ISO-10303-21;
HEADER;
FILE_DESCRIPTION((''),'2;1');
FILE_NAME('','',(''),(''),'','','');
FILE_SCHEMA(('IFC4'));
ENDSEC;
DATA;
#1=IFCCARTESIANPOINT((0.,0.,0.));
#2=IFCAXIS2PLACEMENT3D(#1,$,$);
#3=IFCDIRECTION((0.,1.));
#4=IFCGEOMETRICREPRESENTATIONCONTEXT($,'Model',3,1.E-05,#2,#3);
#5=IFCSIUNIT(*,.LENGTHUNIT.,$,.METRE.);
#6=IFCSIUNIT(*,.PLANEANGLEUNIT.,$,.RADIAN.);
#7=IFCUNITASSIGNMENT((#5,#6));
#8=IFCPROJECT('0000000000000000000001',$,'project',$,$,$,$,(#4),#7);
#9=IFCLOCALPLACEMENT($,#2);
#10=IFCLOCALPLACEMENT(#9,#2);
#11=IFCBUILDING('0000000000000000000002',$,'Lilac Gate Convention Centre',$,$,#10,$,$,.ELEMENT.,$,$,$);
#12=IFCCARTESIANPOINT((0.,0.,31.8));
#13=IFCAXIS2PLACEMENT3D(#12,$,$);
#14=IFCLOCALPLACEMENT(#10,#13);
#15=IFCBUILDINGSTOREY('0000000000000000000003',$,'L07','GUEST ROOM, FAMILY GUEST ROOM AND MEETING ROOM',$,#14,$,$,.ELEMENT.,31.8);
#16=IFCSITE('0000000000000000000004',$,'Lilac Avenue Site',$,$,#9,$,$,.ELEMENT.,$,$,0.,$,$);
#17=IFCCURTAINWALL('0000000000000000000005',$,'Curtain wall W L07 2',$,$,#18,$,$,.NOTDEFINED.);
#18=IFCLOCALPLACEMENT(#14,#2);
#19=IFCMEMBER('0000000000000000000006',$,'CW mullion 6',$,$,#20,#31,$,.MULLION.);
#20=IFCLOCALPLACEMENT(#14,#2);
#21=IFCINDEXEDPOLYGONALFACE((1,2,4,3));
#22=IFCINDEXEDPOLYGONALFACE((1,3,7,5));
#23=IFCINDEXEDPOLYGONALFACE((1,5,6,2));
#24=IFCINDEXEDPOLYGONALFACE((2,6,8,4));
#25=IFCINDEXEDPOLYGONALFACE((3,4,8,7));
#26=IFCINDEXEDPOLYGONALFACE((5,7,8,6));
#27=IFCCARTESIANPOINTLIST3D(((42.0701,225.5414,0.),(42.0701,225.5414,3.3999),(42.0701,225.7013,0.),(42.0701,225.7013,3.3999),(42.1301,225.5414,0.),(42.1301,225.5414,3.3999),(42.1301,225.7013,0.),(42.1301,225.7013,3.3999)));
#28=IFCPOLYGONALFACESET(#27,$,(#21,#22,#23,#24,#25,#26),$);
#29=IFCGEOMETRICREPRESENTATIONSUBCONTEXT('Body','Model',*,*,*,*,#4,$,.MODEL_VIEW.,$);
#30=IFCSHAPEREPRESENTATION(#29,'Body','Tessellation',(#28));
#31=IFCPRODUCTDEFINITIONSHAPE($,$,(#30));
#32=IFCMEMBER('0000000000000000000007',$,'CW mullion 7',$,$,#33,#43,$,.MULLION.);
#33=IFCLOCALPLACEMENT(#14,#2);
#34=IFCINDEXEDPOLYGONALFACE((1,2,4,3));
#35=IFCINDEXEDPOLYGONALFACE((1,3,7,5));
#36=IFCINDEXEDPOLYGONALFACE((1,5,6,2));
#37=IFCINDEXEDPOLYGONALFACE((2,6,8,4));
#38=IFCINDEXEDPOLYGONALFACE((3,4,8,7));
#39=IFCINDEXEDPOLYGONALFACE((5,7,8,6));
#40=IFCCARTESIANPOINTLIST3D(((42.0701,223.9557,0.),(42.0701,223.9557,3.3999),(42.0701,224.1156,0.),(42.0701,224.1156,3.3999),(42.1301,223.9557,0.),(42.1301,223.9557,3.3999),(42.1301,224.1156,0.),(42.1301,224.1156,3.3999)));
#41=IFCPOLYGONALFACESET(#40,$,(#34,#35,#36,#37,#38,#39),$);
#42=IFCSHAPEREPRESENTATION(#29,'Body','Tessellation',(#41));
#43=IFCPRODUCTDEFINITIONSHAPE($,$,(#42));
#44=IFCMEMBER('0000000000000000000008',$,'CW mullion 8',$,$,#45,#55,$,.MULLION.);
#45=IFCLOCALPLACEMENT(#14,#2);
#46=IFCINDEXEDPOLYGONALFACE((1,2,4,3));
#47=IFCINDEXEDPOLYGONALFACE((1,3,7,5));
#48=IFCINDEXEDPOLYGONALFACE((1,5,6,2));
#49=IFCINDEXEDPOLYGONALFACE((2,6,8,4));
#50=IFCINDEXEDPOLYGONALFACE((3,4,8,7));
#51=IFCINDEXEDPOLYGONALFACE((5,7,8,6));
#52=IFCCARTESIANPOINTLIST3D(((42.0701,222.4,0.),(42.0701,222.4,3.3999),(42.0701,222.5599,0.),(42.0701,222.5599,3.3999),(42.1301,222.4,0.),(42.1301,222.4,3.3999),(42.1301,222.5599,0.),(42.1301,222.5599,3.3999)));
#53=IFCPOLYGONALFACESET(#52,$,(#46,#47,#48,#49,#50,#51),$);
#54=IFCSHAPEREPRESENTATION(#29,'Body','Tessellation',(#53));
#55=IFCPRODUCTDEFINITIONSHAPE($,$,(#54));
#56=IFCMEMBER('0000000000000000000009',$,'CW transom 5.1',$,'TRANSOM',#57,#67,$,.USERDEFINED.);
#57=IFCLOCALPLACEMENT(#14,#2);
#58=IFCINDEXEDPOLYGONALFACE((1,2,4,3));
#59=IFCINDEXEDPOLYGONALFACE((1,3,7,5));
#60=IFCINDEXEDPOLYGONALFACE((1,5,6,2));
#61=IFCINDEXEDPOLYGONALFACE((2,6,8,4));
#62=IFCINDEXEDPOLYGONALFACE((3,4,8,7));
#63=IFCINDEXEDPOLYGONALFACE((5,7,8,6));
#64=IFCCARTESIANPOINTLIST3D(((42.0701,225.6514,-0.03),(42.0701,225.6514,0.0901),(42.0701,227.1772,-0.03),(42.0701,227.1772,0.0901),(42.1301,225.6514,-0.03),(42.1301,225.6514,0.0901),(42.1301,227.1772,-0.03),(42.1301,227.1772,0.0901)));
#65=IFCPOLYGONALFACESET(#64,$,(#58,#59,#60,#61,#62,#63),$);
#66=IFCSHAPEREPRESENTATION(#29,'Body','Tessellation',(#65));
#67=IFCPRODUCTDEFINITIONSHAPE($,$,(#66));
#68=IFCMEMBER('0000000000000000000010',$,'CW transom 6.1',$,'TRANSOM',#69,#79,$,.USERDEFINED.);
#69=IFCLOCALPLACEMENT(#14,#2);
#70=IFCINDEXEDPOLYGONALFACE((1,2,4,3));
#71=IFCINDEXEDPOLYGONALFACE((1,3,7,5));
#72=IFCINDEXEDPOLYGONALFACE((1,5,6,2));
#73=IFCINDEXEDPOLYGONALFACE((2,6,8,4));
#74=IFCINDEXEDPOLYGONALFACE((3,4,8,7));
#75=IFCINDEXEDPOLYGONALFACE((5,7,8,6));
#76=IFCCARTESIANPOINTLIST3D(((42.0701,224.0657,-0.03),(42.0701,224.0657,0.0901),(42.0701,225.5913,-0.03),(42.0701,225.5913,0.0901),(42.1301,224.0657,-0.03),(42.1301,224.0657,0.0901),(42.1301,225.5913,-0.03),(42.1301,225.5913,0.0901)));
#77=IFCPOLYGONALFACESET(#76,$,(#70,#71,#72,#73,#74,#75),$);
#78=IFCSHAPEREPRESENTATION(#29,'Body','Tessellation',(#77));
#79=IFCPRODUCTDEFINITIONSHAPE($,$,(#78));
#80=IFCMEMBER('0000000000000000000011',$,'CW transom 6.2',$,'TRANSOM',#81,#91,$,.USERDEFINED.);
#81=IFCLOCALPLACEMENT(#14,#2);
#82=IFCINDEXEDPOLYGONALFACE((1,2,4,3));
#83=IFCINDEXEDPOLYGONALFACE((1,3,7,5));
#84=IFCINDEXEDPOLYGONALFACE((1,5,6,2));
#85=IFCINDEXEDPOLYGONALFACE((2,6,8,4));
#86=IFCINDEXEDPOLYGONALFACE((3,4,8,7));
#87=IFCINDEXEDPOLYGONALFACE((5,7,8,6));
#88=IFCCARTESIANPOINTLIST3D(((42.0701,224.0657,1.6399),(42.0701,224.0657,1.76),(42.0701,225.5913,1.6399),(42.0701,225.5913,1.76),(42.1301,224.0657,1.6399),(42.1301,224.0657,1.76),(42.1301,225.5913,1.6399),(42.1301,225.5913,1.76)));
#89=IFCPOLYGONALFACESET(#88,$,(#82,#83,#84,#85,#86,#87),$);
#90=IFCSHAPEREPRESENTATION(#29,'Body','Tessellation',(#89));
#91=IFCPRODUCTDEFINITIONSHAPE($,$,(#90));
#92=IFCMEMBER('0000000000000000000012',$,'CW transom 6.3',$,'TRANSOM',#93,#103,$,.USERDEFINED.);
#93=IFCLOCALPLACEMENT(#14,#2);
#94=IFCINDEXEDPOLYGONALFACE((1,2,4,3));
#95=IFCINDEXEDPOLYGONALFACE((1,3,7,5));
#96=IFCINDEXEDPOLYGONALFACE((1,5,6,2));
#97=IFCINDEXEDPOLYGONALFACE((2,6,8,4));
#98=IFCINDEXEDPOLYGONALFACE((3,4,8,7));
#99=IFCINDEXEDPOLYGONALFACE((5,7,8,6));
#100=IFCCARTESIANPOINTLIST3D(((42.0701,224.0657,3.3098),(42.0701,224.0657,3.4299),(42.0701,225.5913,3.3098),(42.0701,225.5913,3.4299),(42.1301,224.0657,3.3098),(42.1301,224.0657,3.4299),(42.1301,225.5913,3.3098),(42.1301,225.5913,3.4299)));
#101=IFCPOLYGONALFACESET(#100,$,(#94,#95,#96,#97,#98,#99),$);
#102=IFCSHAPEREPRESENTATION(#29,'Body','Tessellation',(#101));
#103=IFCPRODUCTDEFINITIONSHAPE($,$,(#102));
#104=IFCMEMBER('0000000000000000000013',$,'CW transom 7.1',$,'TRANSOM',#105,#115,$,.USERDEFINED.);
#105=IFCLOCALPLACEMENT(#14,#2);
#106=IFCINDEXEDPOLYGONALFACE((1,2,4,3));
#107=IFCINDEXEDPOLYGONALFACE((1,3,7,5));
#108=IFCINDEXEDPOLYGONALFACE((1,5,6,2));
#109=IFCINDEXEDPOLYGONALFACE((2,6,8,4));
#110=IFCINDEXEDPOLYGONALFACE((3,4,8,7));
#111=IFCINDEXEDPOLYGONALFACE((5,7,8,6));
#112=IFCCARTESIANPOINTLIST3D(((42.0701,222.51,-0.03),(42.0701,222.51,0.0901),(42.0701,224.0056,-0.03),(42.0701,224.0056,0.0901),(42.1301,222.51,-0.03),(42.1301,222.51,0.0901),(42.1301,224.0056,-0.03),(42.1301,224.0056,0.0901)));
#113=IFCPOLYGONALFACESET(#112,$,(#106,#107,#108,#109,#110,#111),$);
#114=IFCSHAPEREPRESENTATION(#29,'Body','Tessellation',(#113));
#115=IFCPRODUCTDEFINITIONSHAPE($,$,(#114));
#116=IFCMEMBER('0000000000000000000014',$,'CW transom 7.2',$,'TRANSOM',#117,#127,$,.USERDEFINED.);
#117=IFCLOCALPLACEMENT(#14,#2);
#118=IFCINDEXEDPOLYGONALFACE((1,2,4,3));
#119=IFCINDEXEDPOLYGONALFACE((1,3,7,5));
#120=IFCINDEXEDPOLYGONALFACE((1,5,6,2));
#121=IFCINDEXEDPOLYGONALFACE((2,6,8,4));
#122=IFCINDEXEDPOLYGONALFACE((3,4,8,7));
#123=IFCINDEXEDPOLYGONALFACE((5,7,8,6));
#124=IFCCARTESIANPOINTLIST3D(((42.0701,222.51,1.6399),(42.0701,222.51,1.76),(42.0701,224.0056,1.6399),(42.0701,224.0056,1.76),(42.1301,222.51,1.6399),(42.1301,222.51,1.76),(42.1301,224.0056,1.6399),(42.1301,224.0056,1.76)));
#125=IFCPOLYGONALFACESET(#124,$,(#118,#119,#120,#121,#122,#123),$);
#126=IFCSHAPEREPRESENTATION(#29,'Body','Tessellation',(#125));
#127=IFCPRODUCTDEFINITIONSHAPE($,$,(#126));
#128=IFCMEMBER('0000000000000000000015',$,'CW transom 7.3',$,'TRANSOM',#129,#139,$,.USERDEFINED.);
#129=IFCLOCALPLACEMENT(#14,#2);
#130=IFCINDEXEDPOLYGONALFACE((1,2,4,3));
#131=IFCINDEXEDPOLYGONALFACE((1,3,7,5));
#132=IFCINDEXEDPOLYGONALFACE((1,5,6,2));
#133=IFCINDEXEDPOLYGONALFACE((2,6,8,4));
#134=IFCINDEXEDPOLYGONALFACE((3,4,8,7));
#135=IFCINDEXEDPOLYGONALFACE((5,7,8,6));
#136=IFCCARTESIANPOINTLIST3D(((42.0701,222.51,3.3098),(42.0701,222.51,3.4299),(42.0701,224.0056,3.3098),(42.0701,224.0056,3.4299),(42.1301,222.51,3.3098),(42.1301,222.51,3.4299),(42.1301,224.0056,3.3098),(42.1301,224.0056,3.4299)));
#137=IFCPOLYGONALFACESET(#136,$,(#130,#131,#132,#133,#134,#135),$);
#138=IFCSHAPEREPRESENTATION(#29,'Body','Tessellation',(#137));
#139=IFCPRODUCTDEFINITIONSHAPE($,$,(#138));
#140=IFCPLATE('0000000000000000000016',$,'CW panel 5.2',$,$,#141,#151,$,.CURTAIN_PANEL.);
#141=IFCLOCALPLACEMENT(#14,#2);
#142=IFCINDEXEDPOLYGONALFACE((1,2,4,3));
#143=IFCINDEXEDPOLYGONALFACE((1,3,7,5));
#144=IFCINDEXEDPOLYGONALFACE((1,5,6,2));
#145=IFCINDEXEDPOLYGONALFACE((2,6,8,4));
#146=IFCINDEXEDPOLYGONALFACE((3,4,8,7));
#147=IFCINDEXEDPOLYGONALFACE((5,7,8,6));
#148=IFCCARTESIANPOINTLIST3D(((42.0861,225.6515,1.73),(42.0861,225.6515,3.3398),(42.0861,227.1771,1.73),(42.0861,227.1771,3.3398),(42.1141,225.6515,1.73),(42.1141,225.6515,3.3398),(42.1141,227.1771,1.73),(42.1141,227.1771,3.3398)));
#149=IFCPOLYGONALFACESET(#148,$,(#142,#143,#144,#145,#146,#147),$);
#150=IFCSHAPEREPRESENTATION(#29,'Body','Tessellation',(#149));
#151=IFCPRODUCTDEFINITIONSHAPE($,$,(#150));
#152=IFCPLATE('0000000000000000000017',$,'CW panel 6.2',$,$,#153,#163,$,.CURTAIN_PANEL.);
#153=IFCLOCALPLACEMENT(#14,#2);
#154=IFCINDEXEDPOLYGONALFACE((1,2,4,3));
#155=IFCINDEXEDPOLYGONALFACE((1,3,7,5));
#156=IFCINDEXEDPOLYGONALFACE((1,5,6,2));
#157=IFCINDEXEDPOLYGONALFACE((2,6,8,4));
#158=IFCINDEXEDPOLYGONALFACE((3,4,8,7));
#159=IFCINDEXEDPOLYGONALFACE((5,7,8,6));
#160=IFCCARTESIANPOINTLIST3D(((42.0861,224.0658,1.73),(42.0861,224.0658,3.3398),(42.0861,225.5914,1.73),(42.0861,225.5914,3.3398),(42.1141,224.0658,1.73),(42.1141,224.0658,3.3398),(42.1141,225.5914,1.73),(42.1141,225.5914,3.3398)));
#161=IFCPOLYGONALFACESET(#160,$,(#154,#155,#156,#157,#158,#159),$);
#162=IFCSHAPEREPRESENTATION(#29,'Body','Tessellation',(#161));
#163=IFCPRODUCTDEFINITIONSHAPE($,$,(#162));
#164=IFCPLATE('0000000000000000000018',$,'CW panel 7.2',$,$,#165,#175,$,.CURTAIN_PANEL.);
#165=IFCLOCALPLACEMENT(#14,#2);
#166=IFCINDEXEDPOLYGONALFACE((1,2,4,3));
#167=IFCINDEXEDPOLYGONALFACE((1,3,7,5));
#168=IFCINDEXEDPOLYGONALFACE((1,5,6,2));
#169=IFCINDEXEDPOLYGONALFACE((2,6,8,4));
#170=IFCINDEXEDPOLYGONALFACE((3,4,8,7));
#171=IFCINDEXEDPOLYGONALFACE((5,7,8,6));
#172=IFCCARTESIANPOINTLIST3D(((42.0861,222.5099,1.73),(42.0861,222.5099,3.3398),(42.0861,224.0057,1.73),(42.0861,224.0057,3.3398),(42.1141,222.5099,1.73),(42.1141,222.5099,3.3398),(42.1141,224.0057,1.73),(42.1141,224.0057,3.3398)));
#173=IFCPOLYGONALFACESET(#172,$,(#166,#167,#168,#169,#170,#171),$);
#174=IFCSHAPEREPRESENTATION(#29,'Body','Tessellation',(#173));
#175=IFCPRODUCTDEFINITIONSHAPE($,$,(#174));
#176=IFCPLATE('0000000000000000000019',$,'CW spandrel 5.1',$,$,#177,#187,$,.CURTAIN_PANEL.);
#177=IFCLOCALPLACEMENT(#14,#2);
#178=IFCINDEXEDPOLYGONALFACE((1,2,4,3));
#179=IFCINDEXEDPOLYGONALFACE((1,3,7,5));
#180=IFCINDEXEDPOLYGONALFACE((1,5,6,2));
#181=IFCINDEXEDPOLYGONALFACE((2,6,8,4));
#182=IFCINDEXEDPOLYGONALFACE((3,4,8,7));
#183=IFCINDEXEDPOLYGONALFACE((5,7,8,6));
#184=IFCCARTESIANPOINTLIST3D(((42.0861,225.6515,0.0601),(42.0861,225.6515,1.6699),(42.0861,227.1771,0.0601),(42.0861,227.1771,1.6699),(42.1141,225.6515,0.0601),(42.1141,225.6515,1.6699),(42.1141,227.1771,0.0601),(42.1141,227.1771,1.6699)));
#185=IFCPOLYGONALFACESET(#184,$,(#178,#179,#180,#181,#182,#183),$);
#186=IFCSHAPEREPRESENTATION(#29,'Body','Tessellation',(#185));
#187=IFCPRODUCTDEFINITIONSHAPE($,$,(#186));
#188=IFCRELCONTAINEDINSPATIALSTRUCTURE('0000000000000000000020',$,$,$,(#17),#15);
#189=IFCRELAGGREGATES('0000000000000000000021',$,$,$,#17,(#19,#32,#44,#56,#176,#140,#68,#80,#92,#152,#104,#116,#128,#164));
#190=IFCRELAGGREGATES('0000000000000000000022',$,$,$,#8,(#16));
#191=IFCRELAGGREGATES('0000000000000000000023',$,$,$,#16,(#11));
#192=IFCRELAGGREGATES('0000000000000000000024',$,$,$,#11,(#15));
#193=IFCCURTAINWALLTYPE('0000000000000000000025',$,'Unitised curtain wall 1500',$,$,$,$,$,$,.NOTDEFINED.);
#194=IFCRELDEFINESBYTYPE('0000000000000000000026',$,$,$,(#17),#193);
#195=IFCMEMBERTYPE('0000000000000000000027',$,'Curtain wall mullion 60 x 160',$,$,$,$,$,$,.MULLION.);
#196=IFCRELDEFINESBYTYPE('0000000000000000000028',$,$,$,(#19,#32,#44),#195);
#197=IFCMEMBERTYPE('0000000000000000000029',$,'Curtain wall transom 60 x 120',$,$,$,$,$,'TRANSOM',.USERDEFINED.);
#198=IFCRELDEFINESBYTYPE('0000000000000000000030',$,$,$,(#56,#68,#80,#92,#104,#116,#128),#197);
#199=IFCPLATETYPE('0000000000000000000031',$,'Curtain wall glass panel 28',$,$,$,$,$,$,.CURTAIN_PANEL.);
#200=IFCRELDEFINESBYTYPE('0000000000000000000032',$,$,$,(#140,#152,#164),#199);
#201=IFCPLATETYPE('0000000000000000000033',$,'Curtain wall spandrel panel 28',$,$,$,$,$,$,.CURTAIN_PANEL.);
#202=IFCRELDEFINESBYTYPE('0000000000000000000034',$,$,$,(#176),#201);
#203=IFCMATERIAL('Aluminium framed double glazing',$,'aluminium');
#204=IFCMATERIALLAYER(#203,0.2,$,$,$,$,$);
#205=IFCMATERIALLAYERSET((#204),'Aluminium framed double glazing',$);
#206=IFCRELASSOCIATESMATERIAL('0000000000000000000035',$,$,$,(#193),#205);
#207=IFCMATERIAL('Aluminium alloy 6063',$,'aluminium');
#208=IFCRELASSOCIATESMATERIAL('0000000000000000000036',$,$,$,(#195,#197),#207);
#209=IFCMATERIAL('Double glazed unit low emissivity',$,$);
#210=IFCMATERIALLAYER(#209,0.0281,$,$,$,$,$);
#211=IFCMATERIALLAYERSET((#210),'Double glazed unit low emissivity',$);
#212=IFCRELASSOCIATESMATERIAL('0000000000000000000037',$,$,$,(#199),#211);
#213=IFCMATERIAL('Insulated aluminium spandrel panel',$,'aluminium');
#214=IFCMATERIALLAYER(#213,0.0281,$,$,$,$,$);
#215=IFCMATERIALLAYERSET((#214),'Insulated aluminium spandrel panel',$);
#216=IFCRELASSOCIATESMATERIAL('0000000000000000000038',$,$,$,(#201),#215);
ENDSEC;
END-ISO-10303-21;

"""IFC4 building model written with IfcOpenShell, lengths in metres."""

from ifc_helpers import new_model, si_unit, direction, frame, origin, origin_2d, place, context, subcontext, project, spatial, rectangle, extrude, material, layer, layer_set, material_profile, profile_set, type_object, element, aggregate, save


model = new_model("IFC4")

# Units and contexts
model_context = context("Model", 3, precision=1e-05, world=origin(), true_north=direction((0.0, 1.0)))
body_context = subcontext(model_context, "Body", "Model", "MODEL_VIEW")
ifc_project = project(units=[si_unit("LENGTHUNIT", "METRE"), si_unit("PLANEANGLEUNIT", "RADIAN")], contexts=[model_context])

# Site, building, storey
site_placement = place(None, origin())
site = spatial("IfcSite", under=ifc_project, at=site_placement, Name="Lilac Avenue Site", CompositionType="ELEMENT", RefElevation=0.0)
building_placement = place(site_placement, origin())
building = spatial("IfcBuilding", under=site, at=building_placement, Name="Lilac Gate Convention Centre", CompositionType="ELEMENT")
storey_placement = place(building_placement, frame((0.0, 0.0, 31.8)))
storey = spatial("IfcBuildingStorey", under=building, at=storey_placement, Name="L07", Description="GUEST ROOM, FAMILY GUEST ROOM AND MEETING ROOM", CompositionType="ELEMENT", Elevation=31.8)

# Curtain wall, members, plates
ifc_material_1 = material(Name="Aluminium framed double glazing", Category="aluminium")
ifc_layer_1 = layer(ifc_material_1, 0.2)
ifc_layer_set_1 = layer_set([ifc_layer_1], Name="Aluminium framed double glazing")
curtain_wall_type = type_object("IfcCurtainWallType", Name="Unitised curtain wall 1500", PredefinedType="NOTDEFINED", material=ifc_layer_set_1)
curtain_wall_placement = place(storey_placement, origin())
curtain_wall = element("IfcCurtainWall", 1, at=curtain_wall_placement, inside=storey, type_object=curtain_wall_type, Name="Curtain wall W L07 2", PredefinedType="NOTDEFINED")
ifc_material_2 = material(Name="Aluminium alloy 6063", Category="aluminium")
ifc_material_profile_1 = material_profile(ifc_material_2, rectangle(XDim=0.0601, YDim=0.1599, at=origin_2d()), Name="Curtain wall mullion 60 x 160")
ifc_profile_set_1 = profile_set([ifc_material_profile_1], Name="Aluminium alloy 6063")
member_type_1 = type_object("IfcMemberType", Name="Curtain wall mullion 60 x 160", PredefinedType="MULLION", material=ifc_profile_set_1)
member_1_placement = place(storey_placement, frame((42.1001, 225.6213, 0.0), z_axis=(0.0, 0.0, 1.0), x_axis=(1.0, 0.0, 0.0)))
member_1 = element("IfcMember", 2, at=member_1_placement, type_object=member_type_1, Name="CW mullion 6", PredefinedType="MULLION", context=body_context, shape_type="SweptSolid", body=[
    extrude(rectangle(XDim=0.0601, YDim=0.1599, at=origin_2d()), origin(), (0.0, 0.0, 1.0), 3.3999),
])
member_2_placement = place(storey_placement, frame((42.1001, 224.0356, 0.0), z_axis=(0.0, 0.0, 1.0), x_axis=(1.0, 0.0, 0.0)))
member_2 = element("IfcMember", 3, at=member_2_placement, type_object=member_type_1, Name="CW mullion 7", PredefinedType="MULLION", context=body_context, shape_type="SweptSolid", body=[
    extrude(rectangle(XDim=0.0601, YDim=0.1599, at=origin_2d()), origin(), (0.0, 0.0, 1.0), 3.3999),
])
member_3_placement = place(storey_placement, frame((42.1001, 222.48, 0.0), z_axis=(0.0, 0.0, 1.0), x_axis=(1.0, 0.0, 0.0)))
member_3 = element("IfcMember", 4, at=member_3_placement, type_object=member_type_1, Name="CW mullion 8", PredefinedType="MULLION", context=body_context, shape_type="SweptSolid", body=[
    extrude(rectangle(XDim=0.0601, YDim=0.1599, at=origin_2d()), origin(), (0.0, 0.0, 1.0), 3.3999),
])
ifc_material_profile_2 = material_profile(ifc_material_2, rectangle(XDim=0.0601, YDim=0.1201, at=origin_2d()), Name="Curtain wall transom 60 x 120")
ifc_profile_set_2 = profile_set([ifc_material_profile_2], Name="Aluminium alloy 6063")
member_type_2 = type_object("IfcMemberType", Name="Curtain wall transom 60 x 120", ElementType="TRANSOM", PredefinedType="USERDEFINED", material=ifc_profile_set_2)
member_4_placement = place(storey_placement, frame((42.1001, 227.1772, 0.03), z_axis=(0.0, -1.0, 0.0), x_axis=(1.0, 0.0, 0.0)))
member_4 = element("IfcMember", 5, at=member_4_placement, type_object=member_type_2, Name="CW transom 5.1", ObjectType="TRANSOM", PredefinedType="USERDEFINED", context=body_context, shape_type="SweptSolid", body=[
    extrude(rectangle(XDim=0.0601, YDim=0.1201, at=origin_2d()), origin(), (0.0, 0.0, 1.0), 1.5259),
])
member_5_placement = place(storey_placement, frame((42.1001, 225.5913, 0.03), z_axis=(0.0, -1.0, 0.0), x_axis=(1.0, 0.0, 0.0)))
member_5 = element("IfcMember", 6, at=member_5_placement, type_object=member_type_2, Name="CW transom 6.1", ObjectType="TRANSOM", PredefinedType="USERDEFINED", context=body_context, shape_type="SweptSolid", body=[
    extrude(rectangle(XDim=0.0601, YDim=0.1201, at=origin_2d()), origin(), (0.0, 0.0, 1.0), 1.5256),
])
member_6_placement = place(storey_placement, frame((42.1001, 225.5913, 1.7), z_axis=(0.0, -1.0, 0.0), x_axis=(1.0, 0.0, 0.0)))
member_6 = element("IfcMember", 7, at=member_6_placement, type_object=member_type_2, Name="CW transom 6.2", ObjectType="TRANSOM", PredefinedType="USERDEFINED", context=body_context, shape_type="SweptSolid", body=[
    extrude(rectangle(XDim=0.0601, YDim=0.1201, at=origin_2d()), origin(), (0.0, 0.0, 1.0), 1.5256),
])
member_7_placement = place(storey_placement, frame((42.1001, 225.5913, 3.3699), z_axis=(0.0, -1.0, 0.0), x_axis=(1.0, 0.0, 0.0)))
member_7 = element("IfcMember", 8, at=member_7_placement, type_object=member_type_2, Name="CW transom 6.3", ObjectType="TRANSOM", PredefinedType="USERDEFINED", context=body_context, shape_type="SweptSolid", body=[
    extrude(rectangle(XDim=0.0601, YDim=0.1201, at=origin_2d()), origin(), (0.0, 0.0, 1.0), 1.5256),
])
member_8_placement = place(storey_placement, frame((42.1001, 224.0056, 0.03), z_axis=(0.0, -1.0, 0.0), x_axis=(1.0, 0.0, 0.0)))
member_8 = element("IfcMember", 9, at=member_8_placement, type_object=member_type_2, Name="CW transom 7.1", ObjectType="TRANSOM", PredefinedType="USERDEFINED", context=body_context, shape_type="SweptSolid", body=[
    extrude(rectangle(XDim=0.0601, YDim=0.1201, at=origin_2d()), origin(), (0.0, 0.0, 1.0), 1.4956),
])
member_9_placement = place(storey_placement, frame((42.1001, 224.0056, 1.7), z_axis=(0.0, -1.0, 0.0), x_axis=(1.0, 0.0, 0.0)))
member_9 = element("IfcMember", 10, at=member_9_placement, type_object=member_type_2, Name="CW transom 7.2", ObjectType="TRANSOM", PredefinedType="USERDEFINED", context=body_context, shape_type="SweptSolid", body=[
    extrude(rectangle(XDim=0.0601, YDim=0.1201, at=origin_2d()), origin(), (0.0, 0.0, 1.0), 1.4956),
])
member_10_placement = place(storey_placement, frame((42.1001, 224.0056, 3.3699), z_axis=(0.0, -1.0, 0.0), x_axis=(1.0, 0.0, 0.0)))
member_10 = element("IfcMember", 11, at=member_10_placement, type_object=member_type_2, Name="CW transom 7.3", ObjectType="TRANSOM", PredefinedType="USERDEFINED", context=body_context, shape_type="SweptSolid", body=[
    extrude(rectangle(XDim=0.0601, YDim=0.1201, at=origin_2d()), origin(), (0.0, 0.0, 1.0), 1.4956),
])
ifc_material_3 = material(Name="Double glazed unit low emissivity")
ifc_layer_2 = layer(ifc_material_3, 0.0281)
ifc_layer_set_2 = layer_set([ifc_layer_2], Name="Double glazed unit low emissivity")
plate_type_1 = type_object("IfcPlateType", Name="Curtain wall glass panel 28", PredefinedType="CURTAIN_PANEL", material=ifc_layer_set_2)
plate_1_placement = place(storey_placement, frame((42.1001, 226.4143, 1.73), z_axis=(0.0, 0.0, 1.0), x_axis=(0.0, -1.0, 0.0)))
plate_1 = element("IfcPlate", 12, at=plate_1_placement, type_object=plate_type_1, Name="CW panel 5.2", PredefinedType="CURTAIN_PANEL", context=body_context, shape_type="SweptSolid", body=[
    extrude(rectangle(XDim=1.5256, YDim=0.0281, at=origin_2d()), origin(), (0.0, 0.0, 1.0), 1.6099),
])
plate_2_placement = place(storey_placement, frame((42.1001, 224.8286, 1.73), z_axis=(0.0, 0.0, 1.0), x_axis=(0.0, -1.0, 0.0)))
plate_2 = element("IfcPlate", 13, at=plate_2_placement, type_object=plate_type_1, Name="CW panel 6.2", PredefinedType="CURTAIN_PANEL", context=body_context, shape_type="SweptSolid", body=[
    extrude(rectangle(XDim=1.5256, YDim=0.0281, at=origin_2d()), origin(), (0.0, 0.0, 1.0), 1.6099),
])
plate_3_placement = place(storey_placement, frame((42.1001, 223.2578, 1.73), z_axis=(0.0, 0.0, 1.0), x_axis=(0.0, -1.0, 0.0)))
plate_3 = element("IfcPlate", 14, at=plate_3_placement, type_object=plate_type_1, Name="CW panel 7.2", PredefinedType="CURTAIN_PANEL", context=body_context, shape_type="SweptSolid", body=[
    extrude(rectangle(XDim=1.4958, YDim=0.0281, at=origin_2d()), origin(), (0.0, 0.0, 1.0), 1.6099),
])
ifc_material_4 = material(Name="Insulated aluminium spandrel panel", Category="aluminium")
ifc_layer_3 = layer(ifc_material_4, 0.0281)
ifc_layer_set_3 = layer_set([ifc_layer_3], Name="Insulated aluminium spandrel panel")
plate_type_2 = type_object("IfcPlateType", Name="Curtain wall spandrel panel 28", PredefinedType="CURTAIN_PANEL", material=ifc_layer_set_3)
plate_4_placement = place(storey_placement, frame((42.1001, 226.4143, 0.0601), z_axis=(0.0, 0.0, 1.0), x_axis=(0.0, -1.0, 0.0)))
plate_4 = element("IfcPlate", 15, at=plate_4_placement, type_object=plate_type_2, Name="CW spandrel 5.1", PredefinedType="CURTAIN_PANEL", context=body_context, shape_type="SweptSolid", body=[
    extrude(rectangle(XDim=1.5256, YDim=0.0281, at=origin_2d()), origin(), (0.0, 0.0, 1.0), 1.6099),
])
aggregate(curtain_wall, [member_1, member_2, member_3, member_4, plate_4, plate_1, member_5, member_6, member_7, plate_2, member_8, member_9, member_10, plate_3])

save(model, "model.ifc")
